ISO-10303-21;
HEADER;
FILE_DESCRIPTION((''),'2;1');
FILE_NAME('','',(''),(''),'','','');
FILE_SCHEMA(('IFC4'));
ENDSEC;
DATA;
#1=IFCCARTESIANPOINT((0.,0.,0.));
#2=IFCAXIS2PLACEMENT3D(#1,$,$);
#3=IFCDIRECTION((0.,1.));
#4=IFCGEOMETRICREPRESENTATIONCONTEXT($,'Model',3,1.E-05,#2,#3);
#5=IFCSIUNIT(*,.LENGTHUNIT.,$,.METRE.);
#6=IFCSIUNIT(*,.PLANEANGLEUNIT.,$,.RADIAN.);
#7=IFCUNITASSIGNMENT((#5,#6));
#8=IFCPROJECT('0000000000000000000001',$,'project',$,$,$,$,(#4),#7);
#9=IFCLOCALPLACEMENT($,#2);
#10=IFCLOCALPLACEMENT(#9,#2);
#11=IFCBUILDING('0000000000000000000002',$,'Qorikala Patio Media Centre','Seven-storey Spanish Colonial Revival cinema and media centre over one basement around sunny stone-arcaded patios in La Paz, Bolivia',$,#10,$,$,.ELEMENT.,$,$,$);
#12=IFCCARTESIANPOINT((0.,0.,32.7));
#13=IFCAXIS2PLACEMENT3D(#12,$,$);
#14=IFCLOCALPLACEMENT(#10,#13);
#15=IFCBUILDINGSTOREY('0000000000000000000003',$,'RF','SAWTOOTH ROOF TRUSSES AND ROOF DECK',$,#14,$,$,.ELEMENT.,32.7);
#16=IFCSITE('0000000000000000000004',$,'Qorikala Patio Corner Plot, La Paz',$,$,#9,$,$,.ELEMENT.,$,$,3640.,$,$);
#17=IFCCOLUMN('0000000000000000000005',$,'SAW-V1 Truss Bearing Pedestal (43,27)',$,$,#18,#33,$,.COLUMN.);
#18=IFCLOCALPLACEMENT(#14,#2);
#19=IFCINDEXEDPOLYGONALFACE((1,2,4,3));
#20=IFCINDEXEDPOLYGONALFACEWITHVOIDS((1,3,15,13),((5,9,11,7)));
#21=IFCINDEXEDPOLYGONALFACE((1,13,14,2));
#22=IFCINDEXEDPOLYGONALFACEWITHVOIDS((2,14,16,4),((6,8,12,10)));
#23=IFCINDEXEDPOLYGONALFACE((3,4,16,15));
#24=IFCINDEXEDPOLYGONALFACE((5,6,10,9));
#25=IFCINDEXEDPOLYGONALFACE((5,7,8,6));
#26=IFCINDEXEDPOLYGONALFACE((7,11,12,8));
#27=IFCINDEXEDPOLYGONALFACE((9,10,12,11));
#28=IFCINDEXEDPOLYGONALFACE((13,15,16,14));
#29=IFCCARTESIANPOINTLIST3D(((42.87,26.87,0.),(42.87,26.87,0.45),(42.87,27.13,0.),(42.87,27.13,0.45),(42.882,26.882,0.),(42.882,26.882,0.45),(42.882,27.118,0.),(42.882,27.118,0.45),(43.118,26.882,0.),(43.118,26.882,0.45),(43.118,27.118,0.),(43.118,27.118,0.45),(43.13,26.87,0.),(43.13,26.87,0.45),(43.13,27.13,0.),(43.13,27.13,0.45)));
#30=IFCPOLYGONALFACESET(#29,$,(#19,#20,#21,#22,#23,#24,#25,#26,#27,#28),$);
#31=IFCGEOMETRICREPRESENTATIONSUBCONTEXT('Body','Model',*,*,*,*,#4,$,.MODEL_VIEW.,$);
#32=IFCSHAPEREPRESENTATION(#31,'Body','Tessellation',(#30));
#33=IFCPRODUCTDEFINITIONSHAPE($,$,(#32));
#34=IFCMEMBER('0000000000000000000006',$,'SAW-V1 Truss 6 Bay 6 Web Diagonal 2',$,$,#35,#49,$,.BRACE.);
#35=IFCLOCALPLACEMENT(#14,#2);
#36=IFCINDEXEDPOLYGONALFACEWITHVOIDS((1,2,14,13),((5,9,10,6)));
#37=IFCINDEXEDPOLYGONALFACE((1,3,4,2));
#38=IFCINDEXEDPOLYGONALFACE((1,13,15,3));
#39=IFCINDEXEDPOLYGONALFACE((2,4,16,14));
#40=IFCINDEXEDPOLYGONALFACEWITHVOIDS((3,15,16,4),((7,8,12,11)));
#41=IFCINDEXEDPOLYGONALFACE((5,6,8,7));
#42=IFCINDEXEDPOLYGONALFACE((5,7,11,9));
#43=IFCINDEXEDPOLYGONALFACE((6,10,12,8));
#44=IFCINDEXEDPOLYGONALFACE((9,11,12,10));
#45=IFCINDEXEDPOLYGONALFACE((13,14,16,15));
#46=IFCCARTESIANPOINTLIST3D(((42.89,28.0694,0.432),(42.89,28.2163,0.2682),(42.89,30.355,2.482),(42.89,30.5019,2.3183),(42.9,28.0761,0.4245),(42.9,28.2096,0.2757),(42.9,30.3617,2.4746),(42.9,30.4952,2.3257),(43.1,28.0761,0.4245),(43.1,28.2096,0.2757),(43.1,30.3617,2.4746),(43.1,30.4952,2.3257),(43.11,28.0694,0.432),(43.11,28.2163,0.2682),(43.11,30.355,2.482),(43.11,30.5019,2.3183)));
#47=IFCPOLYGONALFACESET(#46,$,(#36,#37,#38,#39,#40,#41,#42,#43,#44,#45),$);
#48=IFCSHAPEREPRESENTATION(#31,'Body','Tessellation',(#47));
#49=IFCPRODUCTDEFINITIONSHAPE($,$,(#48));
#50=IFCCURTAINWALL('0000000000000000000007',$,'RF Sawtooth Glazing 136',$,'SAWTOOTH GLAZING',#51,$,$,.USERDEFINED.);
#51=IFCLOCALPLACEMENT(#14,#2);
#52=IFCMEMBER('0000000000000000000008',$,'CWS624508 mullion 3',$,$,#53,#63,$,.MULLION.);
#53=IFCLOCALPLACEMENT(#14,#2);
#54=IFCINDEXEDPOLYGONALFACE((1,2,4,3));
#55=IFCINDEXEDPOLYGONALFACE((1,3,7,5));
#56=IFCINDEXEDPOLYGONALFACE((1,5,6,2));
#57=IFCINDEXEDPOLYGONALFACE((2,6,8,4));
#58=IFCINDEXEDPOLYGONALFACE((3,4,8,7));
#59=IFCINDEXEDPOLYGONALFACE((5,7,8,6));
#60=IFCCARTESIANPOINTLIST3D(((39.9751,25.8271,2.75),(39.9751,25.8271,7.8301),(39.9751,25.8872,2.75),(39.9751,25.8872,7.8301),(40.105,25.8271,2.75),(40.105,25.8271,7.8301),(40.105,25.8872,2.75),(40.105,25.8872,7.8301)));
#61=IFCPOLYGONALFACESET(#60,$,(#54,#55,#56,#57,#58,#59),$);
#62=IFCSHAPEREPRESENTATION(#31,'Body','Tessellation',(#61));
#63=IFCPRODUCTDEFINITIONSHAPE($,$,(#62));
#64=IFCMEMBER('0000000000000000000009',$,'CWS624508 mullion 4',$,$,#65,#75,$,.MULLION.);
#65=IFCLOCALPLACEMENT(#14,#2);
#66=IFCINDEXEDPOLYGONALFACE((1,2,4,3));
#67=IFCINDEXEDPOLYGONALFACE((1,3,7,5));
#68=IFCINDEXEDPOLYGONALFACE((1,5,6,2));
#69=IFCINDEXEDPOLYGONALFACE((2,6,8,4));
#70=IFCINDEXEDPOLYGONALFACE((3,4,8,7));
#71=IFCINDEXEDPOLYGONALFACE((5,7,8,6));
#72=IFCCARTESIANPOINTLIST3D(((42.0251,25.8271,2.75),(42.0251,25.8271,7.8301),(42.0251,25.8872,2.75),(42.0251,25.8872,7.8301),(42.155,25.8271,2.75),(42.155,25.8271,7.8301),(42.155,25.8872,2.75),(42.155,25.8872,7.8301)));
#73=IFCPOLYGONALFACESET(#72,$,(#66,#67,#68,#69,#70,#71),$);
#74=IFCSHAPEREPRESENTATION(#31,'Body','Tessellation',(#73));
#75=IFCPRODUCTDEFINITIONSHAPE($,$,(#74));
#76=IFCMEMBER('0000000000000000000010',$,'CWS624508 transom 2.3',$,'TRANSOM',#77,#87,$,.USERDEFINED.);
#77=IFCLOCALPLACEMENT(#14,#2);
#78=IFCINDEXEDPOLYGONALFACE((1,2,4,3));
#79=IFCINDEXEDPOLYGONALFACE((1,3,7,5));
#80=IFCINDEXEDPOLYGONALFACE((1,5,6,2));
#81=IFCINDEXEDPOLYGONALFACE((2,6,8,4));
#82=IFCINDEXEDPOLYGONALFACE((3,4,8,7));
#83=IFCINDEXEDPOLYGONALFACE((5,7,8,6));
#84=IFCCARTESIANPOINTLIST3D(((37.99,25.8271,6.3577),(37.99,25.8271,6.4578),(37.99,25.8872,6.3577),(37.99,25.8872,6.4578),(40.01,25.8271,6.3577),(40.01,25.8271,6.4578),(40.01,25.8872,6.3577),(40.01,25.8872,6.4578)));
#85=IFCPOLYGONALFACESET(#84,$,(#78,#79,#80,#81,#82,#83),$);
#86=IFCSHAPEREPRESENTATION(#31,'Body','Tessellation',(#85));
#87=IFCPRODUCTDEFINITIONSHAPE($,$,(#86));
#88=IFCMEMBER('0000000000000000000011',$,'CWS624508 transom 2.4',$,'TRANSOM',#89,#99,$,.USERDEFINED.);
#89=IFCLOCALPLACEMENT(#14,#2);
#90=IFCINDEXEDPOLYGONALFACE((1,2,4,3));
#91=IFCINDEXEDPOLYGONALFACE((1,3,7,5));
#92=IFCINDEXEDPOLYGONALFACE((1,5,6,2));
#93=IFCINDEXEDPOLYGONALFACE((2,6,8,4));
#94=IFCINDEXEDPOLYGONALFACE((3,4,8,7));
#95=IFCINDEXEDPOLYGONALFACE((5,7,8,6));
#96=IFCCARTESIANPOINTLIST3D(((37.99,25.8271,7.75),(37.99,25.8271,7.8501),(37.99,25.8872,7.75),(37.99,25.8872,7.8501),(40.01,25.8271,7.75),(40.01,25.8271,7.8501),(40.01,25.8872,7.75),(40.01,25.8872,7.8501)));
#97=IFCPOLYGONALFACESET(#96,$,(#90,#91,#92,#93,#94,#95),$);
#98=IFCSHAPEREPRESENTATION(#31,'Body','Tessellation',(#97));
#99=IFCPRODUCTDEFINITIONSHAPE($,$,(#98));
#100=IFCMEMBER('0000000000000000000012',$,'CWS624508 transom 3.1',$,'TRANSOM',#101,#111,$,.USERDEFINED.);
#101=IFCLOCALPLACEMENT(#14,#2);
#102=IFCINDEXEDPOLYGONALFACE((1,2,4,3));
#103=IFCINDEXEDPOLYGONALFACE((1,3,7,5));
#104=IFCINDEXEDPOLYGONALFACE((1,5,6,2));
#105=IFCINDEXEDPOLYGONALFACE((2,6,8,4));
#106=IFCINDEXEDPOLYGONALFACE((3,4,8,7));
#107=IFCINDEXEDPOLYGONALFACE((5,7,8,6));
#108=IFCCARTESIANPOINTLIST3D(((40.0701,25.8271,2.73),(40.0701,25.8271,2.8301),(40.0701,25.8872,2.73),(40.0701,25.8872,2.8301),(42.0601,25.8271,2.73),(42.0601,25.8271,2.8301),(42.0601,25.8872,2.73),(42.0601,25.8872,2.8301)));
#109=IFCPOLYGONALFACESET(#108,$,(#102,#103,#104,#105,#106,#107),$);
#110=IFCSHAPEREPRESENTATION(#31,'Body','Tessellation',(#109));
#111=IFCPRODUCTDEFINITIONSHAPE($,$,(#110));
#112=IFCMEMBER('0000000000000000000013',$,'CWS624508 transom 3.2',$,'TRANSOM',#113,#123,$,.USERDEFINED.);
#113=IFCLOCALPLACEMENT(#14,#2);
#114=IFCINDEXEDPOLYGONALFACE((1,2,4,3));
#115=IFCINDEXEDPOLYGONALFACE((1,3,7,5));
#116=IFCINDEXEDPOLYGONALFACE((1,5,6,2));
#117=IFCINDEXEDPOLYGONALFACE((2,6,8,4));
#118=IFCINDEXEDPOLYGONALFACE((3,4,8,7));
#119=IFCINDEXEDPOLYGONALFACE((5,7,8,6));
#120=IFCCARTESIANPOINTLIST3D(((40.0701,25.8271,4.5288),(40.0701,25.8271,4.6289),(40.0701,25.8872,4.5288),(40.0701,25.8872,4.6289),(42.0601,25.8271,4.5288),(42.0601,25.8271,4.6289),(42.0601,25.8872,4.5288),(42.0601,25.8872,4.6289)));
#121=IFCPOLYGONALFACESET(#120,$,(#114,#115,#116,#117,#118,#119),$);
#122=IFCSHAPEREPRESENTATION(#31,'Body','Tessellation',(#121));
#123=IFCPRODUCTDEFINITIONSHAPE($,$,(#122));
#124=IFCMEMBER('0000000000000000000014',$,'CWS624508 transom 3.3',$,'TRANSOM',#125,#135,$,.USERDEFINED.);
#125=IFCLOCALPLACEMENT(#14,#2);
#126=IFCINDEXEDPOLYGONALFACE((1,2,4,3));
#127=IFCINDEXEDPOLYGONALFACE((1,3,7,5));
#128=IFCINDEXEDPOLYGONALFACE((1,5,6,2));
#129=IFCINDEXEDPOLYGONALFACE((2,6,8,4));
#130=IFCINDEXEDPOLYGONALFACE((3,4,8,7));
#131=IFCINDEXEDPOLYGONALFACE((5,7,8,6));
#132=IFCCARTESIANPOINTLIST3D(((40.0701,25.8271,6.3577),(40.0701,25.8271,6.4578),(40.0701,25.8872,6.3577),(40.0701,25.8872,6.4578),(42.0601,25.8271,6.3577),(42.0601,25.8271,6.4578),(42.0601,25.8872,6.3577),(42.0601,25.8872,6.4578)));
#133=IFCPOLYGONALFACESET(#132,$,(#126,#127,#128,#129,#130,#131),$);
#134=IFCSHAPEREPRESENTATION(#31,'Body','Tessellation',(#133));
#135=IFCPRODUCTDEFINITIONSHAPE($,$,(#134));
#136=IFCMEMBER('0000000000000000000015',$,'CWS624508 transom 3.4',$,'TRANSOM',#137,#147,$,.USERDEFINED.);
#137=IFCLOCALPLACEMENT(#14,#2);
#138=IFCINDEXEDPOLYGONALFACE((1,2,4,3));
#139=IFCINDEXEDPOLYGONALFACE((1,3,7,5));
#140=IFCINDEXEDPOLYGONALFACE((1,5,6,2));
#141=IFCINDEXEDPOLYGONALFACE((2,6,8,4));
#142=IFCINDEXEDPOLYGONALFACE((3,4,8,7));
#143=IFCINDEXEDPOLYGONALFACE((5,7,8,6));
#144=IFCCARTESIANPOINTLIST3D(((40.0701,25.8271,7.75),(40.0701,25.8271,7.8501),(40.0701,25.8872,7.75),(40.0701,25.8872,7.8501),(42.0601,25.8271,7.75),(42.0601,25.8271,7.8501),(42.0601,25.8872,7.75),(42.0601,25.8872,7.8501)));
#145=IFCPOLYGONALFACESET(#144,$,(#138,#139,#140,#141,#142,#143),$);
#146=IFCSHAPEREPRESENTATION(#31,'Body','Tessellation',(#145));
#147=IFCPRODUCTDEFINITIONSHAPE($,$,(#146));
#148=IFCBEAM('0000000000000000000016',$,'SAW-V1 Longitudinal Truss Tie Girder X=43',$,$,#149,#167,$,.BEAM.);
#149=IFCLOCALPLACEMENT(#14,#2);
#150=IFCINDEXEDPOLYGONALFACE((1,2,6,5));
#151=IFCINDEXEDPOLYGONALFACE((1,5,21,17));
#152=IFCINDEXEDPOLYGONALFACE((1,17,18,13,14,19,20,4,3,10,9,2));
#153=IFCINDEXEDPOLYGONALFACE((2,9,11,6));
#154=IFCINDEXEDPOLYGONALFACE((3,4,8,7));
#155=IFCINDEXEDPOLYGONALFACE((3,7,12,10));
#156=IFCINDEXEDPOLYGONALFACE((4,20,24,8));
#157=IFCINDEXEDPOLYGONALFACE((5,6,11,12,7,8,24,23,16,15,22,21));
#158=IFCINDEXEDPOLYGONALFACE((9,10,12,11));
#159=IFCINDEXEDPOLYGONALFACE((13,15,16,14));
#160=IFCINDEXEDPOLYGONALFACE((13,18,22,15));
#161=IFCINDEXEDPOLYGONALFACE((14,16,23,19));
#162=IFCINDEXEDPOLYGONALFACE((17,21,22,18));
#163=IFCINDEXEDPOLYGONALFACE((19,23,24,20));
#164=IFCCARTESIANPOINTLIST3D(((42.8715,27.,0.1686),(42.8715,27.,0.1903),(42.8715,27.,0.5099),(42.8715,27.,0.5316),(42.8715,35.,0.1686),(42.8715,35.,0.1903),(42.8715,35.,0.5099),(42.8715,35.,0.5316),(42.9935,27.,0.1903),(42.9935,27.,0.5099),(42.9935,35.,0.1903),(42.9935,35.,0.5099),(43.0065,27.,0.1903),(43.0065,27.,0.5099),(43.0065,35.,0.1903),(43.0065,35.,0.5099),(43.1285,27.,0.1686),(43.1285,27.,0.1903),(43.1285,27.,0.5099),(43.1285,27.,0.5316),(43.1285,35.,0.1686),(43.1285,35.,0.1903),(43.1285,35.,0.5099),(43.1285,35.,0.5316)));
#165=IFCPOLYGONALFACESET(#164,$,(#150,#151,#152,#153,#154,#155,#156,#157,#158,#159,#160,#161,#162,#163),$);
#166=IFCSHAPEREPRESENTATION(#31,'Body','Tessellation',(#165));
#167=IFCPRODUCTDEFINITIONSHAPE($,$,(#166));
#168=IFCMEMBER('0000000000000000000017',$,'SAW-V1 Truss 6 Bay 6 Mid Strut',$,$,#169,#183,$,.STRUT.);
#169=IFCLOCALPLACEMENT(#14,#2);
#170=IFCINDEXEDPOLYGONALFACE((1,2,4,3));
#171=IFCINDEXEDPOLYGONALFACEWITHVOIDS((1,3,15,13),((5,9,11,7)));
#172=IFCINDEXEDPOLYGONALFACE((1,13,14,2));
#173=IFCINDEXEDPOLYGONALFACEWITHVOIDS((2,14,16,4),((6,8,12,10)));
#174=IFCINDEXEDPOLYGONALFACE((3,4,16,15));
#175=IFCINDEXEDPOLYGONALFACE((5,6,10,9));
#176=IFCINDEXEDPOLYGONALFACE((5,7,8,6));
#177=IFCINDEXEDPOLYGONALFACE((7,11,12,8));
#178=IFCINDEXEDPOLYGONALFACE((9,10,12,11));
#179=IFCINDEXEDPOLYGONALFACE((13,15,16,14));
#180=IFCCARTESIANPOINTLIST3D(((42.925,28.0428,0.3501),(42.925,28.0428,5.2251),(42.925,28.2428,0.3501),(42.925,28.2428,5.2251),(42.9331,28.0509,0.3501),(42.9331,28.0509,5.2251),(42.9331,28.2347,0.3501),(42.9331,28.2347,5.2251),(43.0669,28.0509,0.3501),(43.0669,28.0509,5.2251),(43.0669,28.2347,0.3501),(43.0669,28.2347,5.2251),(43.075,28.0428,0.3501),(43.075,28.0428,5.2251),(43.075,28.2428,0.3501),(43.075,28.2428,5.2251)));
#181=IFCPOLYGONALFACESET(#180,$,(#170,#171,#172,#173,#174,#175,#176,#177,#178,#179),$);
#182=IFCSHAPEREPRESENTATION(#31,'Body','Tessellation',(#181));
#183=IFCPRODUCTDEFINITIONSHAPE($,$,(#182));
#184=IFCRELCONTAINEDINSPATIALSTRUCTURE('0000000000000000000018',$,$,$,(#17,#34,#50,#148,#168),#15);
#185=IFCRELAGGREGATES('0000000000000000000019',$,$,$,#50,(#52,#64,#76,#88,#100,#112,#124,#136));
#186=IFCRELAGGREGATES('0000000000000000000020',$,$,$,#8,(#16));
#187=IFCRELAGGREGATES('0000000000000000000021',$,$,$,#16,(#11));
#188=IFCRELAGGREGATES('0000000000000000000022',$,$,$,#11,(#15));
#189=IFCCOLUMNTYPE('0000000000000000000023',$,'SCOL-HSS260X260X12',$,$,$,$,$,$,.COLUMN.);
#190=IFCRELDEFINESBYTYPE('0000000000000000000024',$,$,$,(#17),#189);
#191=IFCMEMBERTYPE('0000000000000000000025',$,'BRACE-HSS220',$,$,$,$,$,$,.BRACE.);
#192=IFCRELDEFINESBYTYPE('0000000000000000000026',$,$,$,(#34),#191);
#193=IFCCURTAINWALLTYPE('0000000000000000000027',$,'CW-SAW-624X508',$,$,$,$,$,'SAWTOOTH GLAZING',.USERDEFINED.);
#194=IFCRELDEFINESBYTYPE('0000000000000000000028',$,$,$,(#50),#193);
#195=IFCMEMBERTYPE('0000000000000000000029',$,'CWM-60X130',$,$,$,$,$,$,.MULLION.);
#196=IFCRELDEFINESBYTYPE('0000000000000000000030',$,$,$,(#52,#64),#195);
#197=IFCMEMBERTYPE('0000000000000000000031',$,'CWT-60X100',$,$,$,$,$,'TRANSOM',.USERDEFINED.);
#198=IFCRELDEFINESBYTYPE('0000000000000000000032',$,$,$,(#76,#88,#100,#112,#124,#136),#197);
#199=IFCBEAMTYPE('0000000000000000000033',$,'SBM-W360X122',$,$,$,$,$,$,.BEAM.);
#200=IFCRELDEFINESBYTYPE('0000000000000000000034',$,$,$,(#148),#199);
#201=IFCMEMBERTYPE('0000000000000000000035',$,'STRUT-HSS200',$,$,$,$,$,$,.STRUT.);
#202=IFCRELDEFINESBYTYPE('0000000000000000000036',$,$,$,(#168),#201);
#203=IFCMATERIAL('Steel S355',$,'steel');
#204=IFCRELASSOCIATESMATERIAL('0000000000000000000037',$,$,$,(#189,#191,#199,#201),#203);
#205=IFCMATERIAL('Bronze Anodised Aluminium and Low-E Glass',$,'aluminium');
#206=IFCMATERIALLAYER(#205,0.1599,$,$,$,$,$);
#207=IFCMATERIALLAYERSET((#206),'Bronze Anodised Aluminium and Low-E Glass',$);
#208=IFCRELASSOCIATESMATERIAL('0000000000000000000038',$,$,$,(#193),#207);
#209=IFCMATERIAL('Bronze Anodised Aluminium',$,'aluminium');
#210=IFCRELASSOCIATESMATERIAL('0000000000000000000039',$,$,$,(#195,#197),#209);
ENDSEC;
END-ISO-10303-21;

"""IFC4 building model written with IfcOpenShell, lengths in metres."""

from ifc_helpers import new_model, si_unit, direction, frame, origin, origin_2d, place, context, subcontext, project, spatial, rectangle, hollow_rectangle, i_section, extrude, material, layer, layer_set, material_profile, profile_set, type_object, element, aggregate, save


model = new_model("IFC4")

# Units and contexts
model_context = context("Model", 3, precision=1e-05, world=origin(), true_north=direction((0.0, 1.0)))
body_context = subcontext(model_context, "Body", "Model", "MODEL_VIEW")
ifc_project = project(units=[si_unit("LENGTHUNIT", "METRE"), si_unit("PLANEANGLEUNIT", "RADIAN")], contexts=[model_context])

# Site, building, storey
site_placement = place(None, origin())
site = spatial("IfcSite", under=ifc_project, at=site_placement, Name="Qorikala Patio Corner Plot, La Paz", CompositionType="ELEMENT", RefElevation=3640.0)
building_placement = place(site_placement, origin())
building = spatial("IfcBuilding", under=site, at=building_placement, Name="Qorikala Patio Media Centre", Description="Seven-storey Spanish Colonial Revival cinema and media centre over one basement around sunny stone-arcaded patios in La Paz, Bolivia", CompositionType="ELEMENT")
storey_placement = place(building_placement, frame((0.0, 0.0, 32.7)))
storey = spatial("IfcBuildingStorey", under=building, at=storey_placement, Name="RF", Description="SAWTOOTH ROOF TRUSSES AND ROOF DECK", CompositionType="ELEMENT", Elevation=32.7)

# Column
ifc_material_1 = material(Name="Steel S355", Category="steel")
ifc_material_profile_1 = material_profile(ifc_material_1, hollow_rectangle(XDim=0.26, YDim=0.26, WallThickness=0.012, at=origin_2d()), Name="HSS260X260X12")
ifc_profile_set_1 = profile_set([ifc_material_profile_1], Name="Steel S355")
column_type = type_object("IfcColumnType", Name="SCOL-HSS260X260X12", PredefinedType="COLUMN", material=ifc_profile_set_1)
column_placement = place(storey_placement, frame((43.0, 27.0, 0.0), z_axis=(0.0, 0.0, 1.0), x_axis=(1.0, 0.0, 0.0)))
element("IfcColumn", 1, at=column_placement, inside=storey, type_object=column_type, Name="SAW-V1 Truss Bearing Pedestal (43,27)", PredefinedType="COLUMN", context=body_context, shape_type="SweptSolid", body=[
    extrude(hollow_rectangle(XDim=0.26, YDim=0.26, WallThickness=0.012, at=origin_2d()), origin(), (0.0, 0.0, 1.0), 0.45),
])

# Member
ifc_material_profile_2 = material_profile(ifc_material_1, hollow_rectangle(XDim=0.22, YDim=0.22, WallThickness=0.01, at=origin_2d()), Name="HSS220X220X10")
ifc_profile_set_2 = profile_set([ifc_material_profile_2], Name="Steel S355")
member_type_1 = type_object("IfcMemberType", Name="BRACE-HSS220", PredefinedType="BRACE", material=ifc_profile_set_2)
member_1_placement = place(storey_placement, frame((43.0, 28.1428, 0.3501), z_axis=(0.0, 0.744432, 0.667699), x_axis=(-1.0, 0.0, 0.0)))
element("IfcMember", 2, at=member_1_placement, inside=storey, type_object=member_type_1, Name="SAW-V1 Truss 6 Bay 6 Web Diagonal 2", PredefinedType="BRACE", context=body_context, shape_type="SweptSolid", body=[
    extrude(hollow_rectangle(XDim=0.22, YDim=0.22, WallThickness=0.01, at=origin_2d()), origin(), (0.0, 0.0, 1.0), 3.0703),
])

# Curtain wall, members
ifc_material_2 = material(Name="Bronze Anodised Aluminium and Low-E Glass", Category="aluminium")
ifc_layer_1 = layer(ifc_material_2, 0.1599)
ifc_layer_set_1 = layer_set([ifc_layer_1], Name="Bronze Anodised Aluminium and Low-E Glass")
curtain_wall_type = type_object("IfcCurtainWallType", Name="CW-SAW-624X508", ElementType="SAWTOOTH GLAZING", PredefinedType="USERDEFINED", material=ifc_layer_set_1)
curtain_wall_placement = place(storey_placement, origin())
curtain_wall = element("IfcCurtainWall", 3, at=curtain_wall_placement, inside=storey, type_object=curtain_wall_type, Name="RF Sawtooth Glazing 136", ObjectType="SAWTOOTH GLAZING", PredefinedType="USERDEFINED")
ifc_material_3 = material(Name="Bronze Anodised Aluminium", Category="aluminium")
ifc_material_profile_3 = material_profile(ifc_material_3, rectangle(XDim=0.0601, YDim=0.1299, at=origin_2d()), Name="ALU MULLION 60x130")
ifc_profile_set_3 = profile_set([ifc_material_profile_3], Name="Bronze Anodised Aluminium")
member_type_2 = type_object("IfcMemberType", Name="CWM-60X130", PredefinedType="MULLION", material=ifc_profile_set_3)
member_2_placement = place(storey_placement, frame((40.04, 25.8572, 2.75), z_axis=(0.0, 0.0, 1.0), x_axis=(0.0, 1.0, 0.0)))
member_2 = element("IfcMember", 4, at=member_2_placement, type_object=member_type_2, Name="CWS624508 mullion 3", PredefinedType="MULLION", context=body_context, shape_type="SweptSolid", body=[
    extrude(rectangle(XDim=0.0601, YDim=0.1299, at=origin_2d()), origin(), (0.0, 0.0, 1.0), 5.0801),
])
member_3_placement = place(storey_placement, frame((42.0901, 25.8572, 2.75), z_axis=(0.0, 0.0, 1.0), x_axis=(0.0, 1.0, 0.0)))
member_3 = element("IfcMember", 5, at=member_3_placement, type_object=member_type_2, Name="CWS624508 mullion 4", PredefinedType="MULLION", context=body_context, shape_type="SweptSolid", body=[
    extrude(rectangle(XDim=0.0601, YDim=0.1299, at=origin_2d()), origin(), (0.0, 0.0, 1.0), 5.0801),
])
ifc_material_profile_4 = material_profile(ifc_material_3, rectangle(XDim=0.0601, YDim=0.1001, at=origin_2d()), Name="ALU TRANSOM 60x100")
ifc_profile_set_4 = profile_set([ifc_material_profile_4], Name="Bronze Anodised Aluminium")
member_type_3 = type_object("IfcMemberType", Name="CWT-60X100", ElementType="TRANSOM", PredefinedType="USERDEFINED", material=ifc_profile_set_4)
member_4_placement = place(storey_placement, frame((37.99, 25.8572, 6.4077), z_axis=(1.0, 0.0, 0.0), x_axis=(0.0, 1.0, 0.0)))
member_4 = element("IfcMember", 6, at=member_4_placement, type_object=member_type_3, Name="CWS624508 transom 2.3", ObjectType="TRANSOM", PredefinedType="USERDEFINED", context=body_context, shape_type="SweptSolid", body=[
    extrude(rectangle(XDim=0.0601, YDim=0.1001, at=origin_2d()), origin(), (0.0, 0.0, 1.0), 2.02),
])
member_5_placement = place(storey_placement, frame((37.99, 25.8572, 7.8), z_axis=(1.0, 0.0, 0.0), x_axis=(0.0, 1.0, 0.0)))
member_5 = element("IfcMember", 7, at=member_5_placement, type_object=member_type_3, Name="CWS624508 transom 2.4", ObjectType="TRANSOM", PredefinedType="USERDEFINED", context=body_context, shape_type="SweptSolid", body=[
    extrude(rectangle(XDim=0.0601, YDim=0.1001, at=origin_2d()), origin(), (0.0, 0.0, 1.0), 2.02),
])
member_6_placement = place(storey_placement, frame((40.0701, 25.8572, 2.78), z_axis=(1.0, 0.0, 0.0), x_axis=(0.0, 1.0, 0.0)))
member_6 = element("IfcMember", 8, at=member_6_placement, type_object=member_type_3, Name="CWS624508 transom 3.1", ObjectType="TRANSOM", PredefinedType="USERDEFINED", context=body_context, shape_type="SweptSolid", body=[
    extrude(rectangle(XDim=0.0601, YDim=0.1001, at=origin_2d()), origin(), (0.0, 0.0, 1.0), 1.99),
])
member_7_placement = place(storey_placement, frame((40.0701, 25.8572, 4.5789), z_axis=(1.0, 0.0, 0.0), x_axis=(0.0, 1.0, 0.0)))
member_7 = element("IfcMember", 9, at=member_7_placement, type_object=member_type_3, Name="CWS624508 transom 3.2", ObjectType="TRANSOM", PredefinedType="USERDEFINED", context=body_context, shape_type="SweptSolid", body=[
    extrude(rectangle(XDim=0.0601, YDim=0.1001, at=origin_2d()), origin(), (0.0, 0.0, 1.0), 1.99),
])
member_8_placement = place(storey_placement, frame((40.0701, 25.8572, 6.4077), z_axis=(1.0, 0.0, 0.0), x_axis=(0.0, 1.0, 0.0)))
member_8 = element("IfcMember", 10, at=member_8_placement, type_object=member_type_3, Name="CWS624508 transom 3.3", ObjectType="TRANSOM", PredefinedType="USERDEFINED", context=body_context, shape_type="SweptSolid", body=[
    extrude(rectangle(XDim=0.0601, YDim=0.1001, at=origin_2d()), origin(), (0.0, 0.0, 1.0), 1.99),
])
member_9_placement = place(storey_placement, frame((40.0701, 25.8572, 7.8), z_axis=(1.0, 0.0, 0.0), x_axis=(0.0, 1.0, 0.0)))
member_9 = element("IfcMember", 11, at=member_9_placement, type_object=member_type_3, Name="CWS624508 transom 3.4", ObjectType="TRANSOM", PredefinedType="USERDEFINED", context=body_context, shape_type="SweptSolid", body=[
    extrude(rectangle(XDim=0.0601, YDim=0.1001, at=origin_2d()), origin(), (0.0, 0.0, 1.0), 1.99),
])

# Beam
ifc_material_profile_5 = material_profile(ifc_material_1, i_section(OverallWidth=0.2571, OverallDepth=0.363, WebThickness=0.0129, FlangeThickness=0.0217, at=origin_2d()), Name="W360X122")
ifc_profile_set_5 = profile_set([ifc_material_profile_5], Name="Steel S355")
beam_type = type_object("IfcBeamType", Name="SBM-W360X122", PredefinedType="BEAM", material=ifc_profile_set_5)
beam_placement = place(storey_placement, frame((43.0, 27.0, 0.3501), z_axis=(0.0, 1.0, 0.0), x_axis=(-1.0, 0.0, 0.0)))
element("IfcBeam", 12, at=beam_placement, inside=storey, type_object=beam_type, Name="SAW-V1 Longitudinal Truss Tie Girder X=43", PredefinedType="BEAM", context=body_context, shape_type="SweptSolid", body=[
    extrude(i_section(OverallWidth=0.2571, OverallDepth=0.363, WebThickness=0.0129, FlangeThickness=0.0217, at=origin_2d()), origin(), (0.0, 0.0, 1.0), 8.0),
])

# Member
ifc_material_profile_6 = material_profile(ifc_material_1, hollow_rectangle(XDim=0.1499, YDim=0.2, WallThickness=0.0081, at=origin_2d()), Name="HSS200X150X8")
ifc_profile_set_6 = profile_set([ifc_material_profile_6], Name="Steel S355")
member_type_4 = type_object("IfcMemberType", Name="STRUT-HSS200", PredefinedType="STRUT", material=ifc_profile_set_6)
member_10_placement = place(storey_placement, frame((43.0, 28.1428, 0.3501), z_axis=(0.0, 0.0, 1.0), x_axis=(1.0, 0.0, 0.0)))
element("IfcMember", 13, at=member_10_placement, inside=storey, type_object=member_type_4, Name="SAW-V1 Truss 6 Bay 6 Mid Strut", PredefinedType="STRUT", context=body_context, shape_type="SweptSolid", body=[
    extrude(hollow_rectangle(XDim=0.1499, YDim=0.2, WallThickness=0.0081, at=origin_2d()), origin(), (0.0, 0.0, 1.0), 4.875),
])

aggregate(curtain_wall, [member_2, member_3, member_4, member_5, member_6, member_7, member_8, member_9])

save(model, "model.ifc")
